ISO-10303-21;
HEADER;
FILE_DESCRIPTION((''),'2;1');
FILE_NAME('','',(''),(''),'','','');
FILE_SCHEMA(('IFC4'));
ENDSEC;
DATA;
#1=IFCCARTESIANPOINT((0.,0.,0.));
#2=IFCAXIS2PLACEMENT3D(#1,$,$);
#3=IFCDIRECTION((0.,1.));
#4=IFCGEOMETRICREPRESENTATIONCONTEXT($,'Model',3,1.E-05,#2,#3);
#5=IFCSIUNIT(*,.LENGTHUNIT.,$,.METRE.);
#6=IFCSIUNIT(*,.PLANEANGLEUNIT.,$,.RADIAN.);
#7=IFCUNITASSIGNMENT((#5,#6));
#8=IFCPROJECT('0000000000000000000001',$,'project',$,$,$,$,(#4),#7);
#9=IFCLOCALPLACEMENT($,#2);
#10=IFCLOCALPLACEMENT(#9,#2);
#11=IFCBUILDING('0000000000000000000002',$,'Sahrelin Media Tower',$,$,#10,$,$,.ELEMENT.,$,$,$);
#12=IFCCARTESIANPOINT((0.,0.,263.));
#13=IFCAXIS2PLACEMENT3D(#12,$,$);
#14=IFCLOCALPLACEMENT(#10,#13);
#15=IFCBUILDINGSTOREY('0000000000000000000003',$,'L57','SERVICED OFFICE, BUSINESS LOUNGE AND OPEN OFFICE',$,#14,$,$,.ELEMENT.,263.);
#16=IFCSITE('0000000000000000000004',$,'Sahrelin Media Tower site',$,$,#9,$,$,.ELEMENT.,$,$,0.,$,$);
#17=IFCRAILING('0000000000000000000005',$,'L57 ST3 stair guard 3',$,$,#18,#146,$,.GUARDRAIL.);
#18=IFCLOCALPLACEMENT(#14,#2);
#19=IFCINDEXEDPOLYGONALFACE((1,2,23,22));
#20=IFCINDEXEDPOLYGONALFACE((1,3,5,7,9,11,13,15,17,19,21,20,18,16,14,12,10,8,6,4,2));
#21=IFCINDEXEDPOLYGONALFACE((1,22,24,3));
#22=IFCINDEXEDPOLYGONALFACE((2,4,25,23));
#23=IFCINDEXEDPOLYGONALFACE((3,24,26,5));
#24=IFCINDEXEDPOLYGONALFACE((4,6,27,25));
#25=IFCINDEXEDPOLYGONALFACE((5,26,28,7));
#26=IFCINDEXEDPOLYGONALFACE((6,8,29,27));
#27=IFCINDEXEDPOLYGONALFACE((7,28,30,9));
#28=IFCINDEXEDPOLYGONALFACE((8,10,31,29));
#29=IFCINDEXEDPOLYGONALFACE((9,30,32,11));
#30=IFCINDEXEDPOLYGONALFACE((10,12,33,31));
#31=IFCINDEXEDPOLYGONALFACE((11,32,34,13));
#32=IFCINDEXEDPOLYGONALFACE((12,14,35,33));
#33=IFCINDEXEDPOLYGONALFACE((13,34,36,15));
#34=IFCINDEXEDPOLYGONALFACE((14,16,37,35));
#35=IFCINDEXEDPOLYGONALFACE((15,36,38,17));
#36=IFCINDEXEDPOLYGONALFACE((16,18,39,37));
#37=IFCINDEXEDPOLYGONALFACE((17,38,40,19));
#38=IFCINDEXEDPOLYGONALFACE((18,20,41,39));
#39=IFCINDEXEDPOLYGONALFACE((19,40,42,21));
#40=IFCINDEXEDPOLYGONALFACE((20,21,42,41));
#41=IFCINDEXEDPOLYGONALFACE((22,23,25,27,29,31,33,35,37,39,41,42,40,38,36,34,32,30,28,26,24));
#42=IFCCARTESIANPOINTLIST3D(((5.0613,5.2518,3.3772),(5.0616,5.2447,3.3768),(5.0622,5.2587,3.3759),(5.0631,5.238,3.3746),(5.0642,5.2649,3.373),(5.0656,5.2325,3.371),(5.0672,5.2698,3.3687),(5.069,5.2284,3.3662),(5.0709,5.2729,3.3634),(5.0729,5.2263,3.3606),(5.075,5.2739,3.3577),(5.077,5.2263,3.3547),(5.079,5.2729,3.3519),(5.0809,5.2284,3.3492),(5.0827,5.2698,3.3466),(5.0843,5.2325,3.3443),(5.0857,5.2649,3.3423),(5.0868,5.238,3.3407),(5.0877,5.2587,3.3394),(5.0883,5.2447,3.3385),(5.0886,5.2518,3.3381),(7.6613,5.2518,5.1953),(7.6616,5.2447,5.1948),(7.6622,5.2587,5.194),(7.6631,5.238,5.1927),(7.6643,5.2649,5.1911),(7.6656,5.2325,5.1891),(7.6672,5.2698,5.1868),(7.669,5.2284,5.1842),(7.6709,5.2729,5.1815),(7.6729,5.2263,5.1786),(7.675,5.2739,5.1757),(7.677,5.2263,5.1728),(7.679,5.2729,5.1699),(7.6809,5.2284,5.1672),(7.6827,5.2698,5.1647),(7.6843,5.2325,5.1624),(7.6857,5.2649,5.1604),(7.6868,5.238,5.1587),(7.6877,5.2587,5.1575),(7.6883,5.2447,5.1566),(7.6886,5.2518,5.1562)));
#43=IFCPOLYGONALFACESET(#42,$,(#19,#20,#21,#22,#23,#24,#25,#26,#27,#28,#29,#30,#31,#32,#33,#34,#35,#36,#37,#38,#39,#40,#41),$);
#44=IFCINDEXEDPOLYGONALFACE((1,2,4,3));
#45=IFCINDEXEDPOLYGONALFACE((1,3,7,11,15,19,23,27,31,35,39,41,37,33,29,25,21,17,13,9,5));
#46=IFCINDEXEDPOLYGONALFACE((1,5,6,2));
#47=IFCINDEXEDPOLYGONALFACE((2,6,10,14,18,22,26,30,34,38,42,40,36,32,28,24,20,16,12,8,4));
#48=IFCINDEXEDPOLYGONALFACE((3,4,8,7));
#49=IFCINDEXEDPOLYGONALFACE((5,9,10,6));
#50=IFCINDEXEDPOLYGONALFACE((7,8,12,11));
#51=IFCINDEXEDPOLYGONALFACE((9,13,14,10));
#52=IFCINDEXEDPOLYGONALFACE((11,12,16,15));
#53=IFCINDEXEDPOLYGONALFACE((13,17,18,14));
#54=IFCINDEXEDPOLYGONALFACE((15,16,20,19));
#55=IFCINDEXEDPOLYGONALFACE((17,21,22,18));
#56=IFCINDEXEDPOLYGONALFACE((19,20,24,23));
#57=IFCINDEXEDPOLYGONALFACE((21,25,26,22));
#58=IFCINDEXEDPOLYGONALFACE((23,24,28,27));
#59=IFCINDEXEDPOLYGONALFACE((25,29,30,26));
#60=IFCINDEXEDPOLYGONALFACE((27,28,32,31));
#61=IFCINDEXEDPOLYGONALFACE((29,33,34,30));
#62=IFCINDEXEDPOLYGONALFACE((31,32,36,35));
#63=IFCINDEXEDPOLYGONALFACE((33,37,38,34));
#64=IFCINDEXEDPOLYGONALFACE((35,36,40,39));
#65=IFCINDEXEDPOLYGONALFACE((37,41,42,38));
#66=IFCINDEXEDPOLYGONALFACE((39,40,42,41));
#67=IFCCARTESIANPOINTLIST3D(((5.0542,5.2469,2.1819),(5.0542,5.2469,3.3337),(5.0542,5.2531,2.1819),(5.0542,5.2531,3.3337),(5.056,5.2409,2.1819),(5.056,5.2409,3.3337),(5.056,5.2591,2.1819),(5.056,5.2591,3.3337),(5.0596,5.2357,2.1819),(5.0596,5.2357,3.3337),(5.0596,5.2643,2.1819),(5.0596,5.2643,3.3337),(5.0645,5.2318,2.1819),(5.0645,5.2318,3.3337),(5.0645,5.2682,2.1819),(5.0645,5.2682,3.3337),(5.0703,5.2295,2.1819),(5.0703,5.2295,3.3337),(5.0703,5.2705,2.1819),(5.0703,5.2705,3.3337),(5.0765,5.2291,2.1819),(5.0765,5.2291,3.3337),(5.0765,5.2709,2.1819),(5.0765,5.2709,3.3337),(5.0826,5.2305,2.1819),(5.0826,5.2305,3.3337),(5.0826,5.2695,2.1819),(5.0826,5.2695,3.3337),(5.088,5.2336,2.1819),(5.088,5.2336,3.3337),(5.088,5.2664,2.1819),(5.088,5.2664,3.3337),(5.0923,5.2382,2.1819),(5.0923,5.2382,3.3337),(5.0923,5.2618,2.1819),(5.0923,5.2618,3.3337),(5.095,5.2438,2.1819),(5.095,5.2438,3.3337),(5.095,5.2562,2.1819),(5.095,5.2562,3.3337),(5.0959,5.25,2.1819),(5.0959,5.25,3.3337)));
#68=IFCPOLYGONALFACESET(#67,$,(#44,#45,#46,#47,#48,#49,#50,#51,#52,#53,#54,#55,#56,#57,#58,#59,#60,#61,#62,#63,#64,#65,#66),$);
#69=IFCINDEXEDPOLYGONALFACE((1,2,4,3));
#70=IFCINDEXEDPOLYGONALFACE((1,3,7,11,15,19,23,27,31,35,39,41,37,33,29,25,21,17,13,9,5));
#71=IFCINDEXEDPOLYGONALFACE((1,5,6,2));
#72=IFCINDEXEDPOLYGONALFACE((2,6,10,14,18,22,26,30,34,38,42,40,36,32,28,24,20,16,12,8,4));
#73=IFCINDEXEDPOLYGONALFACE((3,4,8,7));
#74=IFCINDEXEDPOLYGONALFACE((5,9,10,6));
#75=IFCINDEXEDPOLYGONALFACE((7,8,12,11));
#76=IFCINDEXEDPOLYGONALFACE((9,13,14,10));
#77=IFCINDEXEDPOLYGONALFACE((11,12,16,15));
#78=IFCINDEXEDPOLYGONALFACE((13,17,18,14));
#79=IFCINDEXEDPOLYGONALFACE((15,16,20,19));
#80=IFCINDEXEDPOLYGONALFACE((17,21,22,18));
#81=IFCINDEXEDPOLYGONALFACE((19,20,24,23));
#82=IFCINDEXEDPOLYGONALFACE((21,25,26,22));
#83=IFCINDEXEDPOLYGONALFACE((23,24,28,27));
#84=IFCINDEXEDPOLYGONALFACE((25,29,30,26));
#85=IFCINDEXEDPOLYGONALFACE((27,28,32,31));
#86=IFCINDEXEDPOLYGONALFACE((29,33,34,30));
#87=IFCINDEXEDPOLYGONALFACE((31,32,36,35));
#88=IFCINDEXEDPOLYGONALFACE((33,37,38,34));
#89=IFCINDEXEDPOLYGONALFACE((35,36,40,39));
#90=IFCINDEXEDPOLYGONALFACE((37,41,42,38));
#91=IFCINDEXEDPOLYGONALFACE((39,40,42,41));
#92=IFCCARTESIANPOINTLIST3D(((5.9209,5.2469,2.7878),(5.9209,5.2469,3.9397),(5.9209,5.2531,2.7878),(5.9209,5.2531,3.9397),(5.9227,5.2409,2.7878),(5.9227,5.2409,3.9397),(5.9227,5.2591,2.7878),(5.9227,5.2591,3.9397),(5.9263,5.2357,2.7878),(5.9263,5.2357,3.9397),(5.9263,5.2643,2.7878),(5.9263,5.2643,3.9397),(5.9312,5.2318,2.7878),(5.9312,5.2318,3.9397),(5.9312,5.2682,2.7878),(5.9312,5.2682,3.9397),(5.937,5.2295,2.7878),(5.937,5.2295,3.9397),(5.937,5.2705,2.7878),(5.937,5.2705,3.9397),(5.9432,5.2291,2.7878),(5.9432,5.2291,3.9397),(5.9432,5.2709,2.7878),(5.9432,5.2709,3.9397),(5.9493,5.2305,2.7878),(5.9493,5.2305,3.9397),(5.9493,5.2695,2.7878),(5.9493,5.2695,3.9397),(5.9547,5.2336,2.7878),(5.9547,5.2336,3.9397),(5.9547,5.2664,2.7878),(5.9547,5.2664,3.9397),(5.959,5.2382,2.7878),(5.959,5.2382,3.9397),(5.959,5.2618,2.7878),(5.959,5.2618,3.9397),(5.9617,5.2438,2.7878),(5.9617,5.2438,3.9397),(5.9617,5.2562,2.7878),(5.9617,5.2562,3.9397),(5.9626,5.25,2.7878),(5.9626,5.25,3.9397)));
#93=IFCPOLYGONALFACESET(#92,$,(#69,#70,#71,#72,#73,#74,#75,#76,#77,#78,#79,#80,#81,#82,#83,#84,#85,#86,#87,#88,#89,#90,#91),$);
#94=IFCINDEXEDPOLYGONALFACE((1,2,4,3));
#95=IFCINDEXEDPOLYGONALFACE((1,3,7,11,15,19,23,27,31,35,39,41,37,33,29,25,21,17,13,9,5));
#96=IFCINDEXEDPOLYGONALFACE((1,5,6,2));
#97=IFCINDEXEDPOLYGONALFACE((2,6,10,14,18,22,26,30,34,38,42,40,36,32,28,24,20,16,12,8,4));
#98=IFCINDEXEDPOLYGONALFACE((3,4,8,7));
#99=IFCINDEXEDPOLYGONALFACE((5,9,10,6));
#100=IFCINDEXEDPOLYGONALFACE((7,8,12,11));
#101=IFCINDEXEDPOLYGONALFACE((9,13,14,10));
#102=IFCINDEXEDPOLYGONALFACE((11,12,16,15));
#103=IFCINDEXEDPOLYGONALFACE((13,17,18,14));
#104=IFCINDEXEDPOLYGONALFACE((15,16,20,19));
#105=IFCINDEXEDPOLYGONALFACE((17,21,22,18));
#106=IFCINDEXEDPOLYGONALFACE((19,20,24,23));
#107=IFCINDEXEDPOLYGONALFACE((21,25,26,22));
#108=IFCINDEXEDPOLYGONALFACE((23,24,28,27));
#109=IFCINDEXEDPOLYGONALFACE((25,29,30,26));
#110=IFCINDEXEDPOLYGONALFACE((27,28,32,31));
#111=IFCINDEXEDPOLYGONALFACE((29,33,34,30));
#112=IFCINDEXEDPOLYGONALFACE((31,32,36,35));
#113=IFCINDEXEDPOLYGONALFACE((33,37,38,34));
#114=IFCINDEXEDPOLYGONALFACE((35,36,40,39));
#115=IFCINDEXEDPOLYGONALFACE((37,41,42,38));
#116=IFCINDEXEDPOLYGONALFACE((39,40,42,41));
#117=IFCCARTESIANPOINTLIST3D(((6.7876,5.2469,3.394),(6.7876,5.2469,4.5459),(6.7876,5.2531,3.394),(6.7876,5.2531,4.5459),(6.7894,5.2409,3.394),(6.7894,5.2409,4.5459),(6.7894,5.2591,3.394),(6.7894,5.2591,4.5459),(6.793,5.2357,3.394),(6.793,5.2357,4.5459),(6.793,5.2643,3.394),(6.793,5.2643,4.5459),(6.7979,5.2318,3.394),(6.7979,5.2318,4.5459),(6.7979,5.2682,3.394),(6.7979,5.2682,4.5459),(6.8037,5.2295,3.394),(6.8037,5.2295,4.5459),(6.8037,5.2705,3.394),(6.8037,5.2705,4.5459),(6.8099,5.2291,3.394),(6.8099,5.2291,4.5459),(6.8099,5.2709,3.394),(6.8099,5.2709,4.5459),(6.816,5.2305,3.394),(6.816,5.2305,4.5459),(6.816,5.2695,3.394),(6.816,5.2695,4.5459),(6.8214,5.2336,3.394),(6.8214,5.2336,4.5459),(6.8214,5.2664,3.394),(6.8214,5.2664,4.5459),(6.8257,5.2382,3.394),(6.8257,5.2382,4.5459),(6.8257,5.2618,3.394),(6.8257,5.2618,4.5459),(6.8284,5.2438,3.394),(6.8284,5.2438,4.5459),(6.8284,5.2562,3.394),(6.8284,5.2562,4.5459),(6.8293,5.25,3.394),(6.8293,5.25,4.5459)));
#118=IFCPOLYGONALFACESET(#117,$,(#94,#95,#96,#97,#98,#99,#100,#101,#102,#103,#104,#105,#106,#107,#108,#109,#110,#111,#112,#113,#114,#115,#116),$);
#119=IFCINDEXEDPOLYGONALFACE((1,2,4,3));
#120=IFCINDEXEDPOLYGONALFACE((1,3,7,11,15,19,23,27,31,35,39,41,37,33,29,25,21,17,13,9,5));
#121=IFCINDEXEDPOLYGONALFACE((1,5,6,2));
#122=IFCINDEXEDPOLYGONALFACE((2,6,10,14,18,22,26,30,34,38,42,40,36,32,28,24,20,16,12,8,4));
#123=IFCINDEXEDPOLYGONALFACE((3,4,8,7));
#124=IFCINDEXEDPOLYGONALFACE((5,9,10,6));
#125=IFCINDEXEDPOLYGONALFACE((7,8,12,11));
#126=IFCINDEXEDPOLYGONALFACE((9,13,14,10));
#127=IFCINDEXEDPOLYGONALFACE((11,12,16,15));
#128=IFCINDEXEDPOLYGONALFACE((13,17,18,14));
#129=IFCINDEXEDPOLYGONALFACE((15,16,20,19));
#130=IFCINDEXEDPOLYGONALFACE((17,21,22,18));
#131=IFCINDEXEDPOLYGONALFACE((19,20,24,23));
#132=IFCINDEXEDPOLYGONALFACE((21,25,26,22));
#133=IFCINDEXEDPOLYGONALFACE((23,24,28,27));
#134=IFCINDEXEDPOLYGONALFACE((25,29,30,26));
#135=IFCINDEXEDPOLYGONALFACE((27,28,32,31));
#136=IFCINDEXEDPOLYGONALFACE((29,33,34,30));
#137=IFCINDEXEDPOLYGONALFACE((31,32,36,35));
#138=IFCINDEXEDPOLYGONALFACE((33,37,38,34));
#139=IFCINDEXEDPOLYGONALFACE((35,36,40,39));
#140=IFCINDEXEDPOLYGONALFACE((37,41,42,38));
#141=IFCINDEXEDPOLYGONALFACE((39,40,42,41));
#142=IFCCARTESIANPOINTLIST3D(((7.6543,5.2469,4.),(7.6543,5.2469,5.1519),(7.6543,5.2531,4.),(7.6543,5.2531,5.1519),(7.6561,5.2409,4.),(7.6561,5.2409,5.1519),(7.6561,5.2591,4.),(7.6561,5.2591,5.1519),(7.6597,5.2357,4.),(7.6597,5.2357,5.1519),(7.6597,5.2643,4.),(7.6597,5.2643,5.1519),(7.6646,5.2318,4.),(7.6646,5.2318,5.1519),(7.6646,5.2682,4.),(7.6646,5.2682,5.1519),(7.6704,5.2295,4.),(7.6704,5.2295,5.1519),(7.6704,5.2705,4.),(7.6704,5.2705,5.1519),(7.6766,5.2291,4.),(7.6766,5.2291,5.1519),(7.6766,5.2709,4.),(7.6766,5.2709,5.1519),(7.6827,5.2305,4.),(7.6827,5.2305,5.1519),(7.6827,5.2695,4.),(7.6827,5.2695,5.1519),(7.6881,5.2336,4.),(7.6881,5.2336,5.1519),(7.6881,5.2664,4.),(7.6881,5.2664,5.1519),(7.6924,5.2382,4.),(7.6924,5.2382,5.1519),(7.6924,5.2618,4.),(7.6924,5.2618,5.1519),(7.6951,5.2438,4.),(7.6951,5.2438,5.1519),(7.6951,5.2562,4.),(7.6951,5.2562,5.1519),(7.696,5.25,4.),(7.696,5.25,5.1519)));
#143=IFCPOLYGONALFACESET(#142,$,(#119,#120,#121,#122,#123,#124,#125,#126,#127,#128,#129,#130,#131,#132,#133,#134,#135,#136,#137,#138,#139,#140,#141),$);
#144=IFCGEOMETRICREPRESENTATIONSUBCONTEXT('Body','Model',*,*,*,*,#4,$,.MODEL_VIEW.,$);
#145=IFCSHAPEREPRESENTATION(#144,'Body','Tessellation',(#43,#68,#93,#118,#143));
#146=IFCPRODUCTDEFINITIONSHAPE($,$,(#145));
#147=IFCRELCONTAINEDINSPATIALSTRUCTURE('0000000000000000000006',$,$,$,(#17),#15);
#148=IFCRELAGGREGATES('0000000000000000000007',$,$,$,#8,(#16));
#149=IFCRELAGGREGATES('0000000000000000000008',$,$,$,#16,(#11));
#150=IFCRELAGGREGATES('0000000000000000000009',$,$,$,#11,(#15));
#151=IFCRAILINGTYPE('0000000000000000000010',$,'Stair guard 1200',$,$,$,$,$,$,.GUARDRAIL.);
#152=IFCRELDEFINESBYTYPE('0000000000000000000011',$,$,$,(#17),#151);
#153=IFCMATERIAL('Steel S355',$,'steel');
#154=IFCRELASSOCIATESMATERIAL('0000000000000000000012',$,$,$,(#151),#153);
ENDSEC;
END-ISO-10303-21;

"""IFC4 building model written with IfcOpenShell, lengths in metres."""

from ifc_helpers import new_model, si_unit, direction, frame, origin, origin_2d, place, context, subcontext, project, spatial, circle, extrude, material, type_object, element, save


model = new_model("IFC4")

# Units and contexts
model_context = context("Model", 3, precision=1e-05, world=origin(), true_north=direction((0.0, 1.0)))
body_context = subcontext(model_context, "Body", "Model", "MODEL_VIEW")
ifc_project = project(units=[si_unit("LENGTHUNIT", "METRE"), si_unit("PLANEANGLEUNIT", "RADIAN")], contexts=[model_context])

# Site, building, storey
site_placement = place(None, origin())
site = spatial("IfcSite", under=ifc_project, at=site_placement, Name="Sahrelin Media Tower site", CompositionType="ELEMENT", RefElevation=0.0)
building_placement = place(site_placement, origin())
building = spatial("IfcBuilding", under=site, at=building_placement, Name="Sahrelin Media Tower", CompositionType="ELEMENT")
storey_placement = place(building_placement, frame((0.0, 0.0, 263.0)))
storey = spatial("IfcBuildingStorey", under=building, at=storey_placement, Name="L57", Description="SERVICED OFFICE, BUSINESS LOUNGE AND OPEN OFFICE", CompositionType="ELEMENT", Elevation=263.0)

# Shared definitions
ifc_material_1 = material(Name="Steel S355", Category="steel")

# Railing
railing_type_1 = type_object("IfcRailingType", Name="Stair guard 1200", PredefinedType="GUARDRAIL", material=ifc_material_1)
railing_1_placement = place(storey_placement, frame((5.075, 5.25, 2.1819)))
element("IfcRailing", 1, at=railing_1_placement, inside=storey, type_object=railing_type_1, Name="L57 ST3 stair guard 3", PredefinedType="GUARDRAIL", context=body_context, shape_type="SweptSolid", body=[
    extrude(circle(Radius=0.0239, at=origin_2d()), frame((0.0, 0.0, 1.1758), z_axis=(0.819521, 0.0, 0.573049), x_axis=(0.0, 1.0, 0.0)), (0.0, 0.0, 1.0), 3.1726),
    extrude(circle(Radius=0.021, at=origin_2d()), origin(), (0.0, 0.0, 1.0), 1.1519),
    extrude(circle(Radius=0.021, at=origin_2d()), frame((0.8667, 0.0, 0.606)), (0.0, 0.0, 1.0), 1.1519),
    extrude(circle(Radius=0.021, at=origin_2d()), frame((1.7334, 0.0, 1.2122)), (0.0, 0.0, 1.0), 1.1519),
    extrude(circle(Radius=0.021, at=origin_2d()), frame((2.6001, 0.0, 1.8181)), (0.0, 0.0, 1.0), 1.1519),
])

save(model, "model.ifc")
